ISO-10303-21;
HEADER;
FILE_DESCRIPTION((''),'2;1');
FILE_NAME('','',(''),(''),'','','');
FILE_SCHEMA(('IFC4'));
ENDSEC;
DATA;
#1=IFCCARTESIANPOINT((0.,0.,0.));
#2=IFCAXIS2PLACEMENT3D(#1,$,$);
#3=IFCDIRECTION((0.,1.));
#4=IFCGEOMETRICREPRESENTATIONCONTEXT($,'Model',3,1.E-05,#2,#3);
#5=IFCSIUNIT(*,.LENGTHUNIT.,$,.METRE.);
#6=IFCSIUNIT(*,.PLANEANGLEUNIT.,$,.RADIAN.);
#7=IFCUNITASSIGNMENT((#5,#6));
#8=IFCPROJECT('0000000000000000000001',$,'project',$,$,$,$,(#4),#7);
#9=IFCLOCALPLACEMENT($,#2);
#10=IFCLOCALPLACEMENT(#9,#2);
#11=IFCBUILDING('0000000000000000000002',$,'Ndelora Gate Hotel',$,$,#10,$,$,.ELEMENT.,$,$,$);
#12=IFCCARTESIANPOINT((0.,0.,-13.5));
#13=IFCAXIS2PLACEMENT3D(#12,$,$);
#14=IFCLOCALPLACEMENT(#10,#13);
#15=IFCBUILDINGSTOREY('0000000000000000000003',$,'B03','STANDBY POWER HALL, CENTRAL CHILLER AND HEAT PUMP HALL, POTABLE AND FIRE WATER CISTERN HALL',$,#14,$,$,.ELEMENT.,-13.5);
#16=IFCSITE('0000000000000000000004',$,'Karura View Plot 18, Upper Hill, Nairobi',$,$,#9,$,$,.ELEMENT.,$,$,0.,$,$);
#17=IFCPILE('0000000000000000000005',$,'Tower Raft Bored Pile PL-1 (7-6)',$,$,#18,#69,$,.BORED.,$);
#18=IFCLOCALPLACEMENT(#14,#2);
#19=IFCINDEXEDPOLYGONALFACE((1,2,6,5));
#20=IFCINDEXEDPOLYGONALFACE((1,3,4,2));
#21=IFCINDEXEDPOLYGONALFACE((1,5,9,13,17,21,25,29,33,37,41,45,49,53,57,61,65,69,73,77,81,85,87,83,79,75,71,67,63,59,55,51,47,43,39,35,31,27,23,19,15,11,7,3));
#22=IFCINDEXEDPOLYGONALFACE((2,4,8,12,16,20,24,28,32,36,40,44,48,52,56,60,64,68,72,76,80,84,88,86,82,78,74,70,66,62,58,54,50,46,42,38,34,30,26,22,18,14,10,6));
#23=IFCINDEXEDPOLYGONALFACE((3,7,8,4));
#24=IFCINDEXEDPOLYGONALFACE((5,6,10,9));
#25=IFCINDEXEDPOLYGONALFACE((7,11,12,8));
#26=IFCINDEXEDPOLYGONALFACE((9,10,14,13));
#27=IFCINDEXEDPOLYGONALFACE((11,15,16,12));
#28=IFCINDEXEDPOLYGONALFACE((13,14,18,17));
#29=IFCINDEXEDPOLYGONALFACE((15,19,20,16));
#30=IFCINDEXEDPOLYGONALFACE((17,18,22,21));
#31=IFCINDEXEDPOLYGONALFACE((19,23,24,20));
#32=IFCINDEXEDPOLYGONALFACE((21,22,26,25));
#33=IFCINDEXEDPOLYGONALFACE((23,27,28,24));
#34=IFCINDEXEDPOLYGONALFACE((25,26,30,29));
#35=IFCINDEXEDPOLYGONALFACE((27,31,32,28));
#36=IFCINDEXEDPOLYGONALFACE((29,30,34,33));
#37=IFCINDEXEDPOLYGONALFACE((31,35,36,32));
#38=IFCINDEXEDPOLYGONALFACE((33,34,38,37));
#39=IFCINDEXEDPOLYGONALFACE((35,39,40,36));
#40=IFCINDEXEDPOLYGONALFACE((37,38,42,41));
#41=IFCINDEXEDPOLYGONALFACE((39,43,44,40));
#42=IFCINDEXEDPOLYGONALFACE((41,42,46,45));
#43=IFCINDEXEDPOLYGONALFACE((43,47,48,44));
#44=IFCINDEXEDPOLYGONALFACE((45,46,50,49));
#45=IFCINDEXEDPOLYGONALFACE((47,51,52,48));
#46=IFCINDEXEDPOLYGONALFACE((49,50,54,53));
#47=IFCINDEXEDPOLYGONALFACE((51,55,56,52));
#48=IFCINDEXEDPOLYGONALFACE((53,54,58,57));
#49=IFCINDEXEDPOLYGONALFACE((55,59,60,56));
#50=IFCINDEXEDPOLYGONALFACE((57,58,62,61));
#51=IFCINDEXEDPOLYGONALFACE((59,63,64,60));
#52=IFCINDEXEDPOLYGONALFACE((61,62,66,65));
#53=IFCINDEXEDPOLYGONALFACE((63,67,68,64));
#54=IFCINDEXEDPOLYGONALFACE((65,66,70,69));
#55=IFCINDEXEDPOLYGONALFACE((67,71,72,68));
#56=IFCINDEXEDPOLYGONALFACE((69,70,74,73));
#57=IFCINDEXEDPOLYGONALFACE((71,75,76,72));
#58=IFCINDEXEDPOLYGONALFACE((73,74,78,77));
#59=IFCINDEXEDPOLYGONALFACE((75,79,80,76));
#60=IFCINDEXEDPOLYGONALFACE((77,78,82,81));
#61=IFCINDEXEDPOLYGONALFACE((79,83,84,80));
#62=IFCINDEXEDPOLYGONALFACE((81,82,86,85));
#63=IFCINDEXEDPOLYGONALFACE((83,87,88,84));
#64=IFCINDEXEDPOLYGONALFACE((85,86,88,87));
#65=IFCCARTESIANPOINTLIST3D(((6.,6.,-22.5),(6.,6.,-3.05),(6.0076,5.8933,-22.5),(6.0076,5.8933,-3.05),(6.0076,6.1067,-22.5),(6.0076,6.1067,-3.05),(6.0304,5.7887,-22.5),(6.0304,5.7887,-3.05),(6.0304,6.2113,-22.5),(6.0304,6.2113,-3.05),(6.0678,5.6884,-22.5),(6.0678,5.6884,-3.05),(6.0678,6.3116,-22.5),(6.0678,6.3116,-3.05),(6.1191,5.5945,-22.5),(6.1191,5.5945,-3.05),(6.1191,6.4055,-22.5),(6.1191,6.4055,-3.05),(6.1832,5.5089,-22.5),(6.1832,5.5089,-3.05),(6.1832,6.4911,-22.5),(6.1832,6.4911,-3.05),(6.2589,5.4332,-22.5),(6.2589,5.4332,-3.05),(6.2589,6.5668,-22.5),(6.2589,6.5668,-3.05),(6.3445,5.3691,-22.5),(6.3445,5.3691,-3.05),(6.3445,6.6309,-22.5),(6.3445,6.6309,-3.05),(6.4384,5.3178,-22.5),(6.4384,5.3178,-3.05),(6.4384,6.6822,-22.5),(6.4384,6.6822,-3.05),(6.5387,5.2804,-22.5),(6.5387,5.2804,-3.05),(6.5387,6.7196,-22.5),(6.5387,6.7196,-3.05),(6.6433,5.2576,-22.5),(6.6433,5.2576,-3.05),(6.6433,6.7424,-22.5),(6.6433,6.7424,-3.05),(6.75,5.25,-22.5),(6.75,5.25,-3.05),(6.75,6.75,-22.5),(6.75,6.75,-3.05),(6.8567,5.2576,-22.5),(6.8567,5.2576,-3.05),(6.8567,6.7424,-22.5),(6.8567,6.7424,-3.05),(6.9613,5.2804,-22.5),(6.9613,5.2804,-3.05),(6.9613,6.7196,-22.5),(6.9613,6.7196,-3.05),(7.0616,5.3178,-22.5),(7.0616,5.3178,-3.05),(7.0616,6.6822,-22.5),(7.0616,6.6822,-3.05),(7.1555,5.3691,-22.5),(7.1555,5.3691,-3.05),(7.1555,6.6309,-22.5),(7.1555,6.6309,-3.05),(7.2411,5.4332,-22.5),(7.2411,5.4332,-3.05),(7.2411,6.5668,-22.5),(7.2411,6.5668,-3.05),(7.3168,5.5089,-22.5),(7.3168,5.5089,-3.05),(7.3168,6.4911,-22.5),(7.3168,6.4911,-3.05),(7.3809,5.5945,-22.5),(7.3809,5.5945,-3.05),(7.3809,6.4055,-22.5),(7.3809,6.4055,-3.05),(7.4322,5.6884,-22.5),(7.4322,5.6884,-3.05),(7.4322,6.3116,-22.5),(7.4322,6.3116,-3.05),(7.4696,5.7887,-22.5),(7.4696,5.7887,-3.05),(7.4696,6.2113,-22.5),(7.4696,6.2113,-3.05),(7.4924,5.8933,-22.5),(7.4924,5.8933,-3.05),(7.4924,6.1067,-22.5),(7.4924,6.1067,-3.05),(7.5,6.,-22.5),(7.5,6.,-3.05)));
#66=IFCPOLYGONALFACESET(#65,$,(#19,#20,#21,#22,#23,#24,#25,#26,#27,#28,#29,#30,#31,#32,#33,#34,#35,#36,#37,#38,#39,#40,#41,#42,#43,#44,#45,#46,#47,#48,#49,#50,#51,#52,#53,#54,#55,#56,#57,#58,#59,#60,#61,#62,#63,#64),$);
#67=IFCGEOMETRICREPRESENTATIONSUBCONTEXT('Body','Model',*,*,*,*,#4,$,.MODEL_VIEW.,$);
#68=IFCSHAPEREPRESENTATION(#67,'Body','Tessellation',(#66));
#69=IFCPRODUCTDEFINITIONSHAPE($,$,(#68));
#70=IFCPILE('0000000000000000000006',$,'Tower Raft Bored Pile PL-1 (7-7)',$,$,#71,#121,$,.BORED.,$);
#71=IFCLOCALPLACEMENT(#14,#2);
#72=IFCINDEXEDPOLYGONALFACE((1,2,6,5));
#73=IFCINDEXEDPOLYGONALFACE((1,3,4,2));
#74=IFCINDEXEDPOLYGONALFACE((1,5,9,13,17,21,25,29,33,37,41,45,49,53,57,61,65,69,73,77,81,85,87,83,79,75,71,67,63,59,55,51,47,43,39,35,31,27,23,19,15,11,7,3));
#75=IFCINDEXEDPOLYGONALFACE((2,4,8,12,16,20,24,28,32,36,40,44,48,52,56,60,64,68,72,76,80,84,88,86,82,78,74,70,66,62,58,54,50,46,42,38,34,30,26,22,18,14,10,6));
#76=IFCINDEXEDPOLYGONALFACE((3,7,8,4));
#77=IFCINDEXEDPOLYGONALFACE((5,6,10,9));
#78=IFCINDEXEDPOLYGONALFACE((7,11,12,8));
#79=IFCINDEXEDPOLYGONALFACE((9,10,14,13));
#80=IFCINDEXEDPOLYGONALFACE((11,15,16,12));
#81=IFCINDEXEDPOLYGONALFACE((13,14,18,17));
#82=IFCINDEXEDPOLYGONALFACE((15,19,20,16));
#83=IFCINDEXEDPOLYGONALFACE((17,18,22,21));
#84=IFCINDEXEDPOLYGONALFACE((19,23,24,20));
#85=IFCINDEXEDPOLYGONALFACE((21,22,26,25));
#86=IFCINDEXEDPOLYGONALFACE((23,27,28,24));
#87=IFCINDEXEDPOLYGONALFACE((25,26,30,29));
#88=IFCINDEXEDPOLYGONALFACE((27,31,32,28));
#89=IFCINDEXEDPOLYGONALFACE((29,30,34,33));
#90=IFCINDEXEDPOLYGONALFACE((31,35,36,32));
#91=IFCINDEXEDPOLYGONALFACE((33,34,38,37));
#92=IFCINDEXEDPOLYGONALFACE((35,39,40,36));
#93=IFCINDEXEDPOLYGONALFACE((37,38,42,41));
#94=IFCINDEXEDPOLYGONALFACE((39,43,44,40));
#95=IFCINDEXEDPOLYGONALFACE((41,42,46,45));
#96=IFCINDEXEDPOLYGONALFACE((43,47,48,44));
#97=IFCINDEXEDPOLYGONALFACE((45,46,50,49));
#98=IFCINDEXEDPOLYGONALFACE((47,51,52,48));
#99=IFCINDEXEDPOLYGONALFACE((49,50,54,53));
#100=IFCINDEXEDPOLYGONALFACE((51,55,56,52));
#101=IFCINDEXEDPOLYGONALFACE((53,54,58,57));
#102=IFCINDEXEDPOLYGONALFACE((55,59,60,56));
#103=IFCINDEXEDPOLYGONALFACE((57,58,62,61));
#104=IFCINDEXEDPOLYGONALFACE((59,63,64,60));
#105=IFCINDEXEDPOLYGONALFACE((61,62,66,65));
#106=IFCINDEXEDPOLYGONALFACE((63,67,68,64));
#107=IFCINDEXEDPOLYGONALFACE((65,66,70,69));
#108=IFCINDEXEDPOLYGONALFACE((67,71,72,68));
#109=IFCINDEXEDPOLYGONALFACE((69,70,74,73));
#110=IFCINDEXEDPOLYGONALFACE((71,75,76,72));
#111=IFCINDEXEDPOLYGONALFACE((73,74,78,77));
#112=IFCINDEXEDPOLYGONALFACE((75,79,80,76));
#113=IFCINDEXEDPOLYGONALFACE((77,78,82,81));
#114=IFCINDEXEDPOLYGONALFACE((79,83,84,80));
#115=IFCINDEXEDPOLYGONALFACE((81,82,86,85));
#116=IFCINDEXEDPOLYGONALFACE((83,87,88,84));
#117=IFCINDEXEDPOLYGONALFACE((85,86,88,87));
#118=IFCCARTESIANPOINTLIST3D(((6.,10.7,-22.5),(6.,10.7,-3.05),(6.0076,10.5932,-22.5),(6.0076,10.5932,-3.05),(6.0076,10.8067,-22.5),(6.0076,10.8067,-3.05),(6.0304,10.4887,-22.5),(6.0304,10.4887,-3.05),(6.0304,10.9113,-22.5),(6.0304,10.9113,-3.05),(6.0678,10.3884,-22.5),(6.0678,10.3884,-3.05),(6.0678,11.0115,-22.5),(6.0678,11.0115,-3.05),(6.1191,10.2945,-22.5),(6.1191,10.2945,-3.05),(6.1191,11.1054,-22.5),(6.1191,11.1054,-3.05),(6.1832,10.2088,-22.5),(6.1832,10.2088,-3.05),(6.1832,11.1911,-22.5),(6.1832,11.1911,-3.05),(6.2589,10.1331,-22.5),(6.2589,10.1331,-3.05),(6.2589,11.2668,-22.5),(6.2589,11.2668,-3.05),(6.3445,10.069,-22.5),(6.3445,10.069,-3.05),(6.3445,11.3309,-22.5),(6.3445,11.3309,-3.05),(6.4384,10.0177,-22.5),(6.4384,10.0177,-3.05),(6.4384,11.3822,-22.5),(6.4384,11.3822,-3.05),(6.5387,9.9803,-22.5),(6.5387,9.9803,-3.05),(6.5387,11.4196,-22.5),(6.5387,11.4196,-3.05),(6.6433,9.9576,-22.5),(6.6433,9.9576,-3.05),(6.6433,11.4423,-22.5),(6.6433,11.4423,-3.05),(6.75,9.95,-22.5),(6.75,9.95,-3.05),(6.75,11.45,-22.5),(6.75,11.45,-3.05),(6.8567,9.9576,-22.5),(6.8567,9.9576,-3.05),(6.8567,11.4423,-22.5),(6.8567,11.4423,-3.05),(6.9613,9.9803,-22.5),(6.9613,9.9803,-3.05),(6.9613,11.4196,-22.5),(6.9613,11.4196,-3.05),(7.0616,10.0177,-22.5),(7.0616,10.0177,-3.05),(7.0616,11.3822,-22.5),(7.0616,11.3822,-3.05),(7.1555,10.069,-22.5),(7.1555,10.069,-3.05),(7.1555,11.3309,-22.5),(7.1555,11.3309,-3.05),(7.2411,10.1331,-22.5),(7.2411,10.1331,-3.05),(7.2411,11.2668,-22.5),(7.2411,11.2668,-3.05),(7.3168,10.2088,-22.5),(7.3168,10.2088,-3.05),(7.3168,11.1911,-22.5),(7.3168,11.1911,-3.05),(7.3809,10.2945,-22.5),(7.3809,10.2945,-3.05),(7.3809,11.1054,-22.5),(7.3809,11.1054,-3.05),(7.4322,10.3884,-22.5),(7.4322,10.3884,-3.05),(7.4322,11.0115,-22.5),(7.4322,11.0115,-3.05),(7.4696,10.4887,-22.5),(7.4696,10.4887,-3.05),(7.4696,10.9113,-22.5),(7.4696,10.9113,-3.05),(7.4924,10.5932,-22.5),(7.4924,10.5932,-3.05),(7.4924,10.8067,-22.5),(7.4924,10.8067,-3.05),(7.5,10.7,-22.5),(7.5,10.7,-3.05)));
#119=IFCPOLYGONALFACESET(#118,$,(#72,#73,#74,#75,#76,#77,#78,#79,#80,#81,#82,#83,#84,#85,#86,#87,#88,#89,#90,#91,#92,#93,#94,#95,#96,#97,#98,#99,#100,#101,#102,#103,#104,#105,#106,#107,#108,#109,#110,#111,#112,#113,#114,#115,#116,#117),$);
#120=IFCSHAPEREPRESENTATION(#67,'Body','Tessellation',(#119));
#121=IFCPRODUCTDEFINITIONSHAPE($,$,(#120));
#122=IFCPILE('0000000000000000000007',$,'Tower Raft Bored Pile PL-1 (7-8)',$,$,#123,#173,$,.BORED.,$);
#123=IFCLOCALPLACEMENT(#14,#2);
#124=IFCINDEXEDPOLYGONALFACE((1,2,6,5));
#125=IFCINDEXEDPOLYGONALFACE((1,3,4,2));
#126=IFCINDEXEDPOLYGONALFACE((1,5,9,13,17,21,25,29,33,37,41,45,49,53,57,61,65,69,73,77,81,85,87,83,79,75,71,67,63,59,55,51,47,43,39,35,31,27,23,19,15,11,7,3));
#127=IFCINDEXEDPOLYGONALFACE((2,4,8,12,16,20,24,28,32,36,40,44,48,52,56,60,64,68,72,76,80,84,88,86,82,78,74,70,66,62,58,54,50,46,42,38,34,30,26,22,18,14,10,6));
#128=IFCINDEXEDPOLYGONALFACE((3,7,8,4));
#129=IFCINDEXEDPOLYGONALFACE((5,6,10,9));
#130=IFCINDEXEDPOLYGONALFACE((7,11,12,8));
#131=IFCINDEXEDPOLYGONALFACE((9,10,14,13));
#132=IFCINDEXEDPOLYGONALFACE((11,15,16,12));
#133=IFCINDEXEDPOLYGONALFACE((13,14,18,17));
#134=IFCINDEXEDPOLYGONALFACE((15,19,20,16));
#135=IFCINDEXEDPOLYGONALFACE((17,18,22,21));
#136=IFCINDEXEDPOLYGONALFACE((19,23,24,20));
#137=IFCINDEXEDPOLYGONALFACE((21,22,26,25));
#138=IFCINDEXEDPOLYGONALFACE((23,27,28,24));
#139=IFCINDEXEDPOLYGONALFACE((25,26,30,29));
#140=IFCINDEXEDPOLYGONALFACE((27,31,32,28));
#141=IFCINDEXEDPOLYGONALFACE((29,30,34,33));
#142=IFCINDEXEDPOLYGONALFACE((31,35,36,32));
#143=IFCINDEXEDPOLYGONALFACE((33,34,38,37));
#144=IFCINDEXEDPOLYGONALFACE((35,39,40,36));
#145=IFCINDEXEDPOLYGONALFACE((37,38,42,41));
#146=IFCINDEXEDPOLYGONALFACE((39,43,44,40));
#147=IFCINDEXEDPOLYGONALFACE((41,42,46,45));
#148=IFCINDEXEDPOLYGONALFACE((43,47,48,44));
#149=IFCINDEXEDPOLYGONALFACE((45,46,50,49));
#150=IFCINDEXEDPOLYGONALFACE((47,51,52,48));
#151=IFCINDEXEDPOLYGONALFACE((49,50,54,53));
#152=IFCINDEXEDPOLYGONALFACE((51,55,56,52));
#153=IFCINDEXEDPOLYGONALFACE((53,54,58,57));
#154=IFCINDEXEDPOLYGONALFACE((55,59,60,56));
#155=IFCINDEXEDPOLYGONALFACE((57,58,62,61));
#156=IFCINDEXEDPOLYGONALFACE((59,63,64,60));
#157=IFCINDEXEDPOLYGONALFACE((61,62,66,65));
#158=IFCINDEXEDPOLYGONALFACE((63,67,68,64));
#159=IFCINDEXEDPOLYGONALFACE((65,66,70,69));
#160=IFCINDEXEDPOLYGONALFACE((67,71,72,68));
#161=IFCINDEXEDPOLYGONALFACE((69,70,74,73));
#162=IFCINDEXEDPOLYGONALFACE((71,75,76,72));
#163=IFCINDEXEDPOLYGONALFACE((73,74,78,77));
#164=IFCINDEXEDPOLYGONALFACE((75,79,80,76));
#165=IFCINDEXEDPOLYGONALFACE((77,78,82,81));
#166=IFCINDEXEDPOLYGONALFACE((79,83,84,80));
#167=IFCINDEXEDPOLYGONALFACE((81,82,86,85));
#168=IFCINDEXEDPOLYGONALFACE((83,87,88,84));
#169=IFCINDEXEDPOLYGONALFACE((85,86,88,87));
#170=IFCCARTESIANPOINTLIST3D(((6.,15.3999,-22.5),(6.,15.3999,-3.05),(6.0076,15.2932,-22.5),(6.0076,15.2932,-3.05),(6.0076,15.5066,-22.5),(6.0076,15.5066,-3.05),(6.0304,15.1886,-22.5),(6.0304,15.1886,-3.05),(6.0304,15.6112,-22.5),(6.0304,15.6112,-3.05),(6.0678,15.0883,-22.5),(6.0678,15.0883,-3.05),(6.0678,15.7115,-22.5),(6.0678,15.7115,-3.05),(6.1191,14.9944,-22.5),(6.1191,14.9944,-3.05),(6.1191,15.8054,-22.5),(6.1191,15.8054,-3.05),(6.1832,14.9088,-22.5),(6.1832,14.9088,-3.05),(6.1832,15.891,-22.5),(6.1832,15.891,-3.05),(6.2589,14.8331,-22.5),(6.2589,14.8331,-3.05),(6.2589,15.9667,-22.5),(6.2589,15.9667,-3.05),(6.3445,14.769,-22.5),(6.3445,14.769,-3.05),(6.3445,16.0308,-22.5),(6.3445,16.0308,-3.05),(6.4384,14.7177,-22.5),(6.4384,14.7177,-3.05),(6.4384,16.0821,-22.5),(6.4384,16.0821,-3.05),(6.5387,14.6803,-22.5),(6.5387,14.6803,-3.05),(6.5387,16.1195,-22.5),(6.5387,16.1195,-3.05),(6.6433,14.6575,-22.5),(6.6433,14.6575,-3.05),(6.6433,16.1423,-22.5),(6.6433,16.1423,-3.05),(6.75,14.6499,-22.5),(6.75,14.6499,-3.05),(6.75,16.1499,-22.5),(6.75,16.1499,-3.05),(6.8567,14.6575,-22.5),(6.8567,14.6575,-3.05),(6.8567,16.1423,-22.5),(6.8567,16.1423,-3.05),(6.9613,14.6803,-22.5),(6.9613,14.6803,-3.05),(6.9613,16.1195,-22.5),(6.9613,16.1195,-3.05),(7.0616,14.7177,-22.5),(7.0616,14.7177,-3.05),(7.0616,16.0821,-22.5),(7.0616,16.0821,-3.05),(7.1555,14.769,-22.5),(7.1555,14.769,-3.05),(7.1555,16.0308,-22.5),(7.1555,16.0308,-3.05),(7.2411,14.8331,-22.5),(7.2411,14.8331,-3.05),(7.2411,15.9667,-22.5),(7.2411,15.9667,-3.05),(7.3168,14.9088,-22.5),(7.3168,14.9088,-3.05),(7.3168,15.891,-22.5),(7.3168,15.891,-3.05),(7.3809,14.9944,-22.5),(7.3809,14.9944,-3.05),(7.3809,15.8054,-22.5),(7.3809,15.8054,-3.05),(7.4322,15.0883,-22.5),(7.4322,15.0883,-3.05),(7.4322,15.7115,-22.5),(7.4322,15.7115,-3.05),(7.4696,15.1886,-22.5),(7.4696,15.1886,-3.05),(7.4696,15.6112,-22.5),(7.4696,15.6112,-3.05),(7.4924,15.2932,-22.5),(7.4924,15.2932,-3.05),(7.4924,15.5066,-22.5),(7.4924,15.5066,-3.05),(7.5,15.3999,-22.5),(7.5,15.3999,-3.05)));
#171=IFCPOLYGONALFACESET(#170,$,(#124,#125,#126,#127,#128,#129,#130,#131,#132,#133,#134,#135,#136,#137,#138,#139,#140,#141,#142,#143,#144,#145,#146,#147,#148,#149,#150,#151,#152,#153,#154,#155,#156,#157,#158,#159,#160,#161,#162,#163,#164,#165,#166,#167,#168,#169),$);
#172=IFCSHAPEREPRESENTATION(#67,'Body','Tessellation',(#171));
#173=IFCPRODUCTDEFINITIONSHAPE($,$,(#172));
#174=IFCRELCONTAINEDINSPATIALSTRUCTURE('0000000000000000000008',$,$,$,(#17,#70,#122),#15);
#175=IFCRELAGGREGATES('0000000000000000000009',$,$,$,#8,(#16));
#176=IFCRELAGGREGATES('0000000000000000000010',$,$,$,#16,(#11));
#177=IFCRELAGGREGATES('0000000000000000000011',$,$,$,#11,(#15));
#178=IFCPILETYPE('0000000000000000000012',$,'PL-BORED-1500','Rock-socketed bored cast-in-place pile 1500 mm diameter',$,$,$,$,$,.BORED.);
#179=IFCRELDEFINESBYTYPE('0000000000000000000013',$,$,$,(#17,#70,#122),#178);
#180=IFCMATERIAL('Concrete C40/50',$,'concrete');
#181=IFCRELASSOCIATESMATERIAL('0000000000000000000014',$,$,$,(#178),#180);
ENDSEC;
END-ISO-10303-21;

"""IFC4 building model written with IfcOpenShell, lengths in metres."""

from ifc_helpers import new_model, si_unit, direction, frame, origin, origin_2d, place, context, subcontext, project, spatial, circle, extrude, material, material_profile, profile_set, type_object, element, save


model = new_model("IFC4")

# Units and contexts
model_context = context("Model", 3, precision=1e-05, world=origin(), true_north=direction((0.0, 1.0)))
body_context = subcontext(model_context, "Body", "Model", "MODEL_VIEW")
ifc_project = project(units=[si_unit("LENGTHUNIT", "METRE"), si_unit("PLANEANGLEUNIT", "RADIAN")], contexts=[model_context])

# Site, building, storey
site_placement = place(None, origin())
site = spatial("IfcSite", under=ifc_project, at=site_placement, Name="Karura View Plot 18, Upper Hill, Nairobi", CompositionType="ELEMENT", RefElevation=0.0)
building_placement = place(site_placement, origin())
building = spatial("IfcBuilding", under=site, at=building_placement, Name="Ndelora Gate Hotel", CompositionType="ELEMENT")
storey_placement = place(building_placement, frame((0.0, 0.0, -13.5)))
storey = spatial("IfcBuildingStorey", under=building, at=storey_placement, Name="B03", Description="STANDBY POWER HALL, CENTRAL CHILLER AND HEAT PUMP HALL, POTABLE AND FIRE WATER CISTERN HALL", CompositionType="ELEMENT", Elevation=-13.5)

# Piles
ifc_material_1 = material(Name="Concrete C40/50", Category="concrete")
ifc_material_profile_1 = material_profile(ifc_material_1, circle(Radius=0.75, at=origin_2d()), Name="PILE D1500")
ifc_profile_set_1 = profile_set([ifc_material_profile_1], Name="Concrete C40/50")
pile_type = type_object("IfcPileType", Name="PL-BORED-1500", Description="Rock-socketed bored cast-in-place pile 1500 mm diameter", PredefinedType="BORED", material=ifc_profile_set_1)
for number, where, z_axis, x_axis, name in (
    (1, (6.75, 6.0, -3.05), (0.0, 0.0, -1.0), (1.0, 0.0, 0.0), "Tower Raft Bored Pile PL-1 (7-6)"),
    (2, (6.75, 10.7, -3.05), (0.0, 0.0, -1.0), (1.0, 0.0, 0.0), "Tower Raft Bored Pile PL-1 (7-7)"),
    (3, (6.75, 15.3999, -3.05), (0.0, 0.0, -1.0), (1.0, 0.0, 0.0), "Tower Raft Bored Pile PL-1 (7-8)"),
):
    element("IfcPile", number, at=place(storey_placement, frame(where, z_axis=z_axis, x_axis=x_axis)), inside=storey, type_object=pile_type, Name=name, PredefinedType="BORED", context=body_context, shape_type="SweptSolid", body=[
        extrude(circle(Radius=0.75, at=origin_2d()), origin(), (0.0, 0.0, 1.0), 19.45),
    ])

save(model, "model.ifc")
